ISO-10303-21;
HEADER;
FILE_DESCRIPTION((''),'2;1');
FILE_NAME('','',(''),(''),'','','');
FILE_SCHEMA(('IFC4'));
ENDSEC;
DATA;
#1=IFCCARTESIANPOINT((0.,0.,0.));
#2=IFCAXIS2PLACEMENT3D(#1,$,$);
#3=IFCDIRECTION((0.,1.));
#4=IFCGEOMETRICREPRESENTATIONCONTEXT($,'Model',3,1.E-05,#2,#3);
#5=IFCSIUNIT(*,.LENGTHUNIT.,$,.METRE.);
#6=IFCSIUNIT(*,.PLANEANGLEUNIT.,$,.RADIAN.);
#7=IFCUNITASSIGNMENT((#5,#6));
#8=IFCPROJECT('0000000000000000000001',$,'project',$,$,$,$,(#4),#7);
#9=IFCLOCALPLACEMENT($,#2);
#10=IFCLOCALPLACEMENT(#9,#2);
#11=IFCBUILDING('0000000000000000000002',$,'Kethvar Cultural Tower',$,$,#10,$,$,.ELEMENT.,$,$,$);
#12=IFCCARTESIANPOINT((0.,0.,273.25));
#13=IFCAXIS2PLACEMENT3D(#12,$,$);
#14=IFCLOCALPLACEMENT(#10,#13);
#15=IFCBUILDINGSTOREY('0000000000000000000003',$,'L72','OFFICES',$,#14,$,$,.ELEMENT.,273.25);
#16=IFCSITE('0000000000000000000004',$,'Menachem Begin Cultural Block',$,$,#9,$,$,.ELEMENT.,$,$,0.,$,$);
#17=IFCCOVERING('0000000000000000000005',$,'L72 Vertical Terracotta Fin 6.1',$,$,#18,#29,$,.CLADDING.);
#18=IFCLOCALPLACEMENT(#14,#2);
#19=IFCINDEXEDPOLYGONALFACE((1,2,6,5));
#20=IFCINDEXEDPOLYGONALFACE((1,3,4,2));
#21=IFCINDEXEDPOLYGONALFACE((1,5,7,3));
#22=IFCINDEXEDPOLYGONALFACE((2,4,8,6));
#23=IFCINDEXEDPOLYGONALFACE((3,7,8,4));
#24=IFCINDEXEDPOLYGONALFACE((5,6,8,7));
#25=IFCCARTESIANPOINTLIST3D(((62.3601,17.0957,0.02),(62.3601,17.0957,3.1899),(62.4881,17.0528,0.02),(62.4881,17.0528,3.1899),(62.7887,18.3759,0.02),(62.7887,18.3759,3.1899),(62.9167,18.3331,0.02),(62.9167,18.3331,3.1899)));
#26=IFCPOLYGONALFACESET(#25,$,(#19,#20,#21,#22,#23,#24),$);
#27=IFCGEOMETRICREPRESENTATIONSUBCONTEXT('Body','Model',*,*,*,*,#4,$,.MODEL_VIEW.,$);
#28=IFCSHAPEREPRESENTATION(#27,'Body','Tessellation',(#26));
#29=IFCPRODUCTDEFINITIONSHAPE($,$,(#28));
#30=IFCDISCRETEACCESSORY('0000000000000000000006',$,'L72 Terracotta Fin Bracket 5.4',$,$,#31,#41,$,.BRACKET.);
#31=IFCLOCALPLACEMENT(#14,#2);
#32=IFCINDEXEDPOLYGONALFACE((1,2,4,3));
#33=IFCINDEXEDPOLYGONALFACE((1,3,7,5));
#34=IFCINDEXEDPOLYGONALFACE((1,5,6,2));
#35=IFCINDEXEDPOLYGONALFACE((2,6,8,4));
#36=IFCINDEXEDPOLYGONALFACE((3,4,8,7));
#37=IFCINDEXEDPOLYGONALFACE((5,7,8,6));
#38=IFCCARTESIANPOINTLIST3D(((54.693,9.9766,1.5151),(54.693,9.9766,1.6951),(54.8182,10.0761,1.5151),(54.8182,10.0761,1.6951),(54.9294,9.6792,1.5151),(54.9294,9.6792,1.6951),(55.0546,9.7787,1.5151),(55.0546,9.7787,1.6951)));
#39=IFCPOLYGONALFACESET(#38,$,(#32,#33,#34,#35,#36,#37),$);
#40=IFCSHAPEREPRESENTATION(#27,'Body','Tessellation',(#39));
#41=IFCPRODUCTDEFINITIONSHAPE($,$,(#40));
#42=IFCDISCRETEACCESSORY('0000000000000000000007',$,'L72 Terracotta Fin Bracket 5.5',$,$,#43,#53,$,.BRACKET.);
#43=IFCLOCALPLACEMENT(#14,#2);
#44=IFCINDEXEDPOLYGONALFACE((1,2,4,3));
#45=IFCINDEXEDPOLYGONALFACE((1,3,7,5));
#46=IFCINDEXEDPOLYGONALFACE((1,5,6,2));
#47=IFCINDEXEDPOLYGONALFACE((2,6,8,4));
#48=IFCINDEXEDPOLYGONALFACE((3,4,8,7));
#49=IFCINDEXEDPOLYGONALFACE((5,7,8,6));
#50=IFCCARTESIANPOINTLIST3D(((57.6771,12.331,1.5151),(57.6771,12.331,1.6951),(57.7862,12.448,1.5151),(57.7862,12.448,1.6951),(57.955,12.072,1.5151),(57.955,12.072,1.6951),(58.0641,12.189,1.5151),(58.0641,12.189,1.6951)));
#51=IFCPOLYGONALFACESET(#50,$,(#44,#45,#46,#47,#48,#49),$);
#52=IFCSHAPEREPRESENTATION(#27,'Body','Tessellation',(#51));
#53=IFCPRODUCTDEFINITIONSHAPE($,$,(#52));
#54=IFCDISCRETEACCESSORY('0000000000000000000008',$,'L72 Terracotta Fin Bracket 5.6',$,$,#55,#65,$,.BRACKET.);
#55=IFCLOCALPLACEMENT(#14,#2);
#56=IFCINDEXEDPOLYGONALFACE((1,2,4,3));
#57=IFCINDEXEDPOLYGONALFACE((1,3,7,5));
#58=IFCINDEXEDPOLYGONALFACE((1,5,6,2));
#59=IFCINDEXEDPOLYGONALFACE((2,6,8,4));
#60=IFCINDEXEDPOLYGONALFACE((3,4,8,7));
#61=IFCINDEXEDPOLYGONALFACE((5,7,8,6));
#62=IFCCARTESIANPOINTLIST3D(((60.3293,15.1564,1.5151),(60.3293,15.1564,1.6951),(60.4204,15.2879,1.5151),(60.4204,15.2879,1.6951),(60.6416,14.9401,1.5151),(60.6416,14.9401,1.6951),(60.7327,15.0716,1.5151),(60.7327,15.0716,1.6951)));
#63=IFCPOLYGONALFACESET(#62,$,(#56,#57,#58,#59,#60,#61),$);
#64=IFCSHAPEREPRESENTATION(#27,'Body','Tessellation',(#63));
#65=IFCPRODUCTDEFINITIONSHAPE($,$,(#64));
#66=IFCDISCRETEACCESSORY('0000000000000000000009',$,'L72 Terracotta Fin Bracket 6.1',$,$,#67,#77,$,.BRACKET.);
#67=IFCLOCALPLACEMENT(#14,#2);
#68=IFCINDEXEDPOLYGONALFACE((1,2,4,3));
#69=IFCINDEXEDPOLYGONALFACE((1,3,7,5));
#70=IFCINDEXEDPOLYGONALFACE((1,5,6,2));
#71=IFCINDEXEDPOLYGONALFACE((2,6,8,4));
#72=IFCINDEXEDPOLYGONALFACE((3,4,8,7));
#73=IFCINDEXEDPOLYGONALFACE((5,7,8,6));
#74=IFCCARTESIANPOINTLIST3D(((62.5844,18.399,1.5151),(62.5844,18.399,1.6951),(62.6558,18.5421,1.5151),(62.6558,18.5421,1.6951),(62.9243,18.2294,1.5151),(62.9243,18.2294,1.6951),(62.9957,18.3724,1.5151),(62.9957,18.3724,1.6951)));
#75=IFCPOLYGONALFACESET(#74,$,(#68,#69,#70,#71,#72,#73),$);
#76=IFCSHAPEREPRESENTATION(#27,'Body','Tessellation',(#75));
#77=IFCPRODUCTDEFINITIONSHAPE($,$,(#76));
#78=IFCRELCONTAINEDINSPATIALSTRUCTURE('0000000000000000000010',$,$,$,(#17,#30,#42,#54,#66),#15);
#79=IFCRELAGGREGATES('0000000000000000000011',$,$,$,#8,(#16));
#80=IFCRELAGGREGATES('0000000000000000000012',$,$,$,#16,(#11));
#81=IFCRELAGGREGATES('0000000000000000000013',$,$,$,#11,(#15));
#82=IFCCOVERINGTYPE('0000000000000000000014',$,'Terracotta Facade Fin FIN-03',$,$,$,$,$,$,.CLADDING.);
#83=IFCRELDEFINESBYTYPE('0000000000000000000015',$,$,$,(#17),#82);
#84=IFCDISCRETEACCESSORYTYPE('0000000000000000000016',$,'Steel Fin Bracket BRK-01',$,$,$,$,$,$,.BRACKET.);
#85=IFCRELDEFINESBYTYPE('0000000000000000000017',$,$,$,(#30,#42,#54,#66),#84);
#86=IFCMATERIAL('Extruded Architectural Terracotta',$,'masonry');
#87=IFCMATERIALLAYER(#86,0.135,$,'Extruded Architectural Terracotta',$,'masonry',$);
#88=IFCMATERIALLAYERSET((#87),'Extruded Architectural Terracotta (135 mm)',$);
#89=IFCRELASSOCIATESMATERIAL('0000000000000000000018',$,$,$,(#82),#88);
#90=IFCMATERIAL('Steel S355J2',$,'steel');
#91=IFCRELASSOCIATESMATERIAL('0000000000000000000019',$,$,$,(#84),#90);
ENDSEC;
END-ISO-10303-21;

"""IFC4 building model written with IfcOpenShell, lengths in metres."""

from ifc_helpers import new_model, si_unit, direction, frame, origin, origin_2d, place, context, subcontext, project, spatial, rectangle, extrude, source, transform, mapped, material, layer, layer_set, type_object, element, save


model = new_model("IFC4")

# Units and contexts
model_context = context("Model", 3, precision=1e-05, world=origin(), true_north=direction((0.0, 1.0)))
body_context = subcontext(model_context, "Body", "Model", "MODEL_VIEW")
ifc_project = project(units=[si_unit("LENGTHUNIT", "METRE"), si_unit("PLANEANGLEUNIT", "RADIAN")], contexts=[model_context])

# Site, building, storey
site_placement = place(None, origin())
site = spatial("IfcSite", under=ifc_project, at=site_placement, Name="Menachem Begin Cultural Block", CompositionType="ELEMENT", RefElevation=0.0)
building_placement = place(site_placement, origin())
building = spatial("IfcBuilding", under=site, at=building_placement, Name="Kethvar Cultural Tower", CompositionType="ELEMENT")
storey_placement = place(building_placement, frame((0.0, 0.0, 273.25)))
storey = spatial("IfcBuildingStorey", under=building, at=storey_placement, Name="L72", Description="OFFICES", CompositionType="ELEMENT", Elevation=273.25)

# Shared definitions
ifc_material_1 = material(Name="Steel S355J2", Category="steel")

# Covering
ifc_material_2 = material(Name="Extruded Architectural Terracotta", Category="masonry")
ifc_layer_1 = layer(ifc_material_2, 0.135, Name="Extruded Architectural Terracotta", Category="masonry")
ifc_layer_set_1 = layer_set([ifc_layer_1], Name="Extruded Architectural Terracotta (135 mm)")
covering_type = type_object("IfcCoveringType", Name="Terracotta Facade Fin FIN-03", PredefinedType="CLADDING", material=ifc_layer_set_1)
shared_shape_1 = source(origin(), body_context, "Body", "SweptSolid", [
    extrude(rectangle(XDim=1.3501, YDim=0.135, at=origin_2d()), origin(), (0.0, 0.0, 1.0), 3.1699),
])
for number, where, z_axis, x_axis, name in (
    (1, (62.6384, 17.7144, 0.02), (0.0, 0.0, 1.0), (-0.31747, -0.948268, 0.0), "L72 Vertical Terracotta Fin 6.1"),
):
    element("IfcCovering", number, at=place(storey_placement, frame(where, z_axis=z_axis, x_axis=x_axis)), inside=storey, type_object=covering_type, Name=name, PredefinedType="CLADDING", context=body_context, shape_type="MappedRepresentation", body=[
        mapped(shared_shape_1, transform((0.0, 0.0, 0.0), scale=1.0)),
    ])

# Discrete accessories
discrete_accessory_type = type_object("IfcDiscreteAccessoryType", Name="Steel Fin Bracket BRK-01", PredefinedType="BRACKET", material=ifc_material_1)
shared_shape_2 = source(origin(), body_context, "Body", "SweptSolid", [
    extrude(rectangle(XDim=0.3799, YDim=0.1599, at=origin_2d()), origin(), (0.0, 0.0, 1.0), 0.1799),
])
for number, where, z_axis, x_axis, name in (
    (2, (54.8738, 9.8777, 1.5151), (0.0, 0.0, 1.0), (0.622241, -0.782825, 0.0), "L72 Terracotta Fin Bracket 5.4"),
    (3, (57.8706, 12.26, 1.5151), (0.0, 0.0, 1.0), (0.731473, -0.681871, 0.0), "L72 Terracotta Fin Bracket 5.5"),
    (4, (60.531, 15.114, 1.5151), (0.0, 0.0, 1.0), (0.822144, -0.56928, 0.0), "L72 Terracotta Fin Bracket 5.6"),
    (5, (62.79, 18.3857, 1.5151), (0.0, 0.0, 1.0), (0.894701, -0.446666, 0.0), "L72 Terracotta Fin Bracket 6.1"),
):
    element("IfcDiscreteAccessory", number, at=place(storey_placement, frame(where, z_axis=z_axis, x_axis=x_axis)), inside=storey, type_object=discrete_accessory_type, Name=name, PredefinedType="BRACKET", context=body_context, shape_type="MappedRepresentation", body=[
        mapped(shared_shape_2, transform((0.0, 0.0, 0.0), scale=1.0)),
    ])

save(model, "model.ifc")
